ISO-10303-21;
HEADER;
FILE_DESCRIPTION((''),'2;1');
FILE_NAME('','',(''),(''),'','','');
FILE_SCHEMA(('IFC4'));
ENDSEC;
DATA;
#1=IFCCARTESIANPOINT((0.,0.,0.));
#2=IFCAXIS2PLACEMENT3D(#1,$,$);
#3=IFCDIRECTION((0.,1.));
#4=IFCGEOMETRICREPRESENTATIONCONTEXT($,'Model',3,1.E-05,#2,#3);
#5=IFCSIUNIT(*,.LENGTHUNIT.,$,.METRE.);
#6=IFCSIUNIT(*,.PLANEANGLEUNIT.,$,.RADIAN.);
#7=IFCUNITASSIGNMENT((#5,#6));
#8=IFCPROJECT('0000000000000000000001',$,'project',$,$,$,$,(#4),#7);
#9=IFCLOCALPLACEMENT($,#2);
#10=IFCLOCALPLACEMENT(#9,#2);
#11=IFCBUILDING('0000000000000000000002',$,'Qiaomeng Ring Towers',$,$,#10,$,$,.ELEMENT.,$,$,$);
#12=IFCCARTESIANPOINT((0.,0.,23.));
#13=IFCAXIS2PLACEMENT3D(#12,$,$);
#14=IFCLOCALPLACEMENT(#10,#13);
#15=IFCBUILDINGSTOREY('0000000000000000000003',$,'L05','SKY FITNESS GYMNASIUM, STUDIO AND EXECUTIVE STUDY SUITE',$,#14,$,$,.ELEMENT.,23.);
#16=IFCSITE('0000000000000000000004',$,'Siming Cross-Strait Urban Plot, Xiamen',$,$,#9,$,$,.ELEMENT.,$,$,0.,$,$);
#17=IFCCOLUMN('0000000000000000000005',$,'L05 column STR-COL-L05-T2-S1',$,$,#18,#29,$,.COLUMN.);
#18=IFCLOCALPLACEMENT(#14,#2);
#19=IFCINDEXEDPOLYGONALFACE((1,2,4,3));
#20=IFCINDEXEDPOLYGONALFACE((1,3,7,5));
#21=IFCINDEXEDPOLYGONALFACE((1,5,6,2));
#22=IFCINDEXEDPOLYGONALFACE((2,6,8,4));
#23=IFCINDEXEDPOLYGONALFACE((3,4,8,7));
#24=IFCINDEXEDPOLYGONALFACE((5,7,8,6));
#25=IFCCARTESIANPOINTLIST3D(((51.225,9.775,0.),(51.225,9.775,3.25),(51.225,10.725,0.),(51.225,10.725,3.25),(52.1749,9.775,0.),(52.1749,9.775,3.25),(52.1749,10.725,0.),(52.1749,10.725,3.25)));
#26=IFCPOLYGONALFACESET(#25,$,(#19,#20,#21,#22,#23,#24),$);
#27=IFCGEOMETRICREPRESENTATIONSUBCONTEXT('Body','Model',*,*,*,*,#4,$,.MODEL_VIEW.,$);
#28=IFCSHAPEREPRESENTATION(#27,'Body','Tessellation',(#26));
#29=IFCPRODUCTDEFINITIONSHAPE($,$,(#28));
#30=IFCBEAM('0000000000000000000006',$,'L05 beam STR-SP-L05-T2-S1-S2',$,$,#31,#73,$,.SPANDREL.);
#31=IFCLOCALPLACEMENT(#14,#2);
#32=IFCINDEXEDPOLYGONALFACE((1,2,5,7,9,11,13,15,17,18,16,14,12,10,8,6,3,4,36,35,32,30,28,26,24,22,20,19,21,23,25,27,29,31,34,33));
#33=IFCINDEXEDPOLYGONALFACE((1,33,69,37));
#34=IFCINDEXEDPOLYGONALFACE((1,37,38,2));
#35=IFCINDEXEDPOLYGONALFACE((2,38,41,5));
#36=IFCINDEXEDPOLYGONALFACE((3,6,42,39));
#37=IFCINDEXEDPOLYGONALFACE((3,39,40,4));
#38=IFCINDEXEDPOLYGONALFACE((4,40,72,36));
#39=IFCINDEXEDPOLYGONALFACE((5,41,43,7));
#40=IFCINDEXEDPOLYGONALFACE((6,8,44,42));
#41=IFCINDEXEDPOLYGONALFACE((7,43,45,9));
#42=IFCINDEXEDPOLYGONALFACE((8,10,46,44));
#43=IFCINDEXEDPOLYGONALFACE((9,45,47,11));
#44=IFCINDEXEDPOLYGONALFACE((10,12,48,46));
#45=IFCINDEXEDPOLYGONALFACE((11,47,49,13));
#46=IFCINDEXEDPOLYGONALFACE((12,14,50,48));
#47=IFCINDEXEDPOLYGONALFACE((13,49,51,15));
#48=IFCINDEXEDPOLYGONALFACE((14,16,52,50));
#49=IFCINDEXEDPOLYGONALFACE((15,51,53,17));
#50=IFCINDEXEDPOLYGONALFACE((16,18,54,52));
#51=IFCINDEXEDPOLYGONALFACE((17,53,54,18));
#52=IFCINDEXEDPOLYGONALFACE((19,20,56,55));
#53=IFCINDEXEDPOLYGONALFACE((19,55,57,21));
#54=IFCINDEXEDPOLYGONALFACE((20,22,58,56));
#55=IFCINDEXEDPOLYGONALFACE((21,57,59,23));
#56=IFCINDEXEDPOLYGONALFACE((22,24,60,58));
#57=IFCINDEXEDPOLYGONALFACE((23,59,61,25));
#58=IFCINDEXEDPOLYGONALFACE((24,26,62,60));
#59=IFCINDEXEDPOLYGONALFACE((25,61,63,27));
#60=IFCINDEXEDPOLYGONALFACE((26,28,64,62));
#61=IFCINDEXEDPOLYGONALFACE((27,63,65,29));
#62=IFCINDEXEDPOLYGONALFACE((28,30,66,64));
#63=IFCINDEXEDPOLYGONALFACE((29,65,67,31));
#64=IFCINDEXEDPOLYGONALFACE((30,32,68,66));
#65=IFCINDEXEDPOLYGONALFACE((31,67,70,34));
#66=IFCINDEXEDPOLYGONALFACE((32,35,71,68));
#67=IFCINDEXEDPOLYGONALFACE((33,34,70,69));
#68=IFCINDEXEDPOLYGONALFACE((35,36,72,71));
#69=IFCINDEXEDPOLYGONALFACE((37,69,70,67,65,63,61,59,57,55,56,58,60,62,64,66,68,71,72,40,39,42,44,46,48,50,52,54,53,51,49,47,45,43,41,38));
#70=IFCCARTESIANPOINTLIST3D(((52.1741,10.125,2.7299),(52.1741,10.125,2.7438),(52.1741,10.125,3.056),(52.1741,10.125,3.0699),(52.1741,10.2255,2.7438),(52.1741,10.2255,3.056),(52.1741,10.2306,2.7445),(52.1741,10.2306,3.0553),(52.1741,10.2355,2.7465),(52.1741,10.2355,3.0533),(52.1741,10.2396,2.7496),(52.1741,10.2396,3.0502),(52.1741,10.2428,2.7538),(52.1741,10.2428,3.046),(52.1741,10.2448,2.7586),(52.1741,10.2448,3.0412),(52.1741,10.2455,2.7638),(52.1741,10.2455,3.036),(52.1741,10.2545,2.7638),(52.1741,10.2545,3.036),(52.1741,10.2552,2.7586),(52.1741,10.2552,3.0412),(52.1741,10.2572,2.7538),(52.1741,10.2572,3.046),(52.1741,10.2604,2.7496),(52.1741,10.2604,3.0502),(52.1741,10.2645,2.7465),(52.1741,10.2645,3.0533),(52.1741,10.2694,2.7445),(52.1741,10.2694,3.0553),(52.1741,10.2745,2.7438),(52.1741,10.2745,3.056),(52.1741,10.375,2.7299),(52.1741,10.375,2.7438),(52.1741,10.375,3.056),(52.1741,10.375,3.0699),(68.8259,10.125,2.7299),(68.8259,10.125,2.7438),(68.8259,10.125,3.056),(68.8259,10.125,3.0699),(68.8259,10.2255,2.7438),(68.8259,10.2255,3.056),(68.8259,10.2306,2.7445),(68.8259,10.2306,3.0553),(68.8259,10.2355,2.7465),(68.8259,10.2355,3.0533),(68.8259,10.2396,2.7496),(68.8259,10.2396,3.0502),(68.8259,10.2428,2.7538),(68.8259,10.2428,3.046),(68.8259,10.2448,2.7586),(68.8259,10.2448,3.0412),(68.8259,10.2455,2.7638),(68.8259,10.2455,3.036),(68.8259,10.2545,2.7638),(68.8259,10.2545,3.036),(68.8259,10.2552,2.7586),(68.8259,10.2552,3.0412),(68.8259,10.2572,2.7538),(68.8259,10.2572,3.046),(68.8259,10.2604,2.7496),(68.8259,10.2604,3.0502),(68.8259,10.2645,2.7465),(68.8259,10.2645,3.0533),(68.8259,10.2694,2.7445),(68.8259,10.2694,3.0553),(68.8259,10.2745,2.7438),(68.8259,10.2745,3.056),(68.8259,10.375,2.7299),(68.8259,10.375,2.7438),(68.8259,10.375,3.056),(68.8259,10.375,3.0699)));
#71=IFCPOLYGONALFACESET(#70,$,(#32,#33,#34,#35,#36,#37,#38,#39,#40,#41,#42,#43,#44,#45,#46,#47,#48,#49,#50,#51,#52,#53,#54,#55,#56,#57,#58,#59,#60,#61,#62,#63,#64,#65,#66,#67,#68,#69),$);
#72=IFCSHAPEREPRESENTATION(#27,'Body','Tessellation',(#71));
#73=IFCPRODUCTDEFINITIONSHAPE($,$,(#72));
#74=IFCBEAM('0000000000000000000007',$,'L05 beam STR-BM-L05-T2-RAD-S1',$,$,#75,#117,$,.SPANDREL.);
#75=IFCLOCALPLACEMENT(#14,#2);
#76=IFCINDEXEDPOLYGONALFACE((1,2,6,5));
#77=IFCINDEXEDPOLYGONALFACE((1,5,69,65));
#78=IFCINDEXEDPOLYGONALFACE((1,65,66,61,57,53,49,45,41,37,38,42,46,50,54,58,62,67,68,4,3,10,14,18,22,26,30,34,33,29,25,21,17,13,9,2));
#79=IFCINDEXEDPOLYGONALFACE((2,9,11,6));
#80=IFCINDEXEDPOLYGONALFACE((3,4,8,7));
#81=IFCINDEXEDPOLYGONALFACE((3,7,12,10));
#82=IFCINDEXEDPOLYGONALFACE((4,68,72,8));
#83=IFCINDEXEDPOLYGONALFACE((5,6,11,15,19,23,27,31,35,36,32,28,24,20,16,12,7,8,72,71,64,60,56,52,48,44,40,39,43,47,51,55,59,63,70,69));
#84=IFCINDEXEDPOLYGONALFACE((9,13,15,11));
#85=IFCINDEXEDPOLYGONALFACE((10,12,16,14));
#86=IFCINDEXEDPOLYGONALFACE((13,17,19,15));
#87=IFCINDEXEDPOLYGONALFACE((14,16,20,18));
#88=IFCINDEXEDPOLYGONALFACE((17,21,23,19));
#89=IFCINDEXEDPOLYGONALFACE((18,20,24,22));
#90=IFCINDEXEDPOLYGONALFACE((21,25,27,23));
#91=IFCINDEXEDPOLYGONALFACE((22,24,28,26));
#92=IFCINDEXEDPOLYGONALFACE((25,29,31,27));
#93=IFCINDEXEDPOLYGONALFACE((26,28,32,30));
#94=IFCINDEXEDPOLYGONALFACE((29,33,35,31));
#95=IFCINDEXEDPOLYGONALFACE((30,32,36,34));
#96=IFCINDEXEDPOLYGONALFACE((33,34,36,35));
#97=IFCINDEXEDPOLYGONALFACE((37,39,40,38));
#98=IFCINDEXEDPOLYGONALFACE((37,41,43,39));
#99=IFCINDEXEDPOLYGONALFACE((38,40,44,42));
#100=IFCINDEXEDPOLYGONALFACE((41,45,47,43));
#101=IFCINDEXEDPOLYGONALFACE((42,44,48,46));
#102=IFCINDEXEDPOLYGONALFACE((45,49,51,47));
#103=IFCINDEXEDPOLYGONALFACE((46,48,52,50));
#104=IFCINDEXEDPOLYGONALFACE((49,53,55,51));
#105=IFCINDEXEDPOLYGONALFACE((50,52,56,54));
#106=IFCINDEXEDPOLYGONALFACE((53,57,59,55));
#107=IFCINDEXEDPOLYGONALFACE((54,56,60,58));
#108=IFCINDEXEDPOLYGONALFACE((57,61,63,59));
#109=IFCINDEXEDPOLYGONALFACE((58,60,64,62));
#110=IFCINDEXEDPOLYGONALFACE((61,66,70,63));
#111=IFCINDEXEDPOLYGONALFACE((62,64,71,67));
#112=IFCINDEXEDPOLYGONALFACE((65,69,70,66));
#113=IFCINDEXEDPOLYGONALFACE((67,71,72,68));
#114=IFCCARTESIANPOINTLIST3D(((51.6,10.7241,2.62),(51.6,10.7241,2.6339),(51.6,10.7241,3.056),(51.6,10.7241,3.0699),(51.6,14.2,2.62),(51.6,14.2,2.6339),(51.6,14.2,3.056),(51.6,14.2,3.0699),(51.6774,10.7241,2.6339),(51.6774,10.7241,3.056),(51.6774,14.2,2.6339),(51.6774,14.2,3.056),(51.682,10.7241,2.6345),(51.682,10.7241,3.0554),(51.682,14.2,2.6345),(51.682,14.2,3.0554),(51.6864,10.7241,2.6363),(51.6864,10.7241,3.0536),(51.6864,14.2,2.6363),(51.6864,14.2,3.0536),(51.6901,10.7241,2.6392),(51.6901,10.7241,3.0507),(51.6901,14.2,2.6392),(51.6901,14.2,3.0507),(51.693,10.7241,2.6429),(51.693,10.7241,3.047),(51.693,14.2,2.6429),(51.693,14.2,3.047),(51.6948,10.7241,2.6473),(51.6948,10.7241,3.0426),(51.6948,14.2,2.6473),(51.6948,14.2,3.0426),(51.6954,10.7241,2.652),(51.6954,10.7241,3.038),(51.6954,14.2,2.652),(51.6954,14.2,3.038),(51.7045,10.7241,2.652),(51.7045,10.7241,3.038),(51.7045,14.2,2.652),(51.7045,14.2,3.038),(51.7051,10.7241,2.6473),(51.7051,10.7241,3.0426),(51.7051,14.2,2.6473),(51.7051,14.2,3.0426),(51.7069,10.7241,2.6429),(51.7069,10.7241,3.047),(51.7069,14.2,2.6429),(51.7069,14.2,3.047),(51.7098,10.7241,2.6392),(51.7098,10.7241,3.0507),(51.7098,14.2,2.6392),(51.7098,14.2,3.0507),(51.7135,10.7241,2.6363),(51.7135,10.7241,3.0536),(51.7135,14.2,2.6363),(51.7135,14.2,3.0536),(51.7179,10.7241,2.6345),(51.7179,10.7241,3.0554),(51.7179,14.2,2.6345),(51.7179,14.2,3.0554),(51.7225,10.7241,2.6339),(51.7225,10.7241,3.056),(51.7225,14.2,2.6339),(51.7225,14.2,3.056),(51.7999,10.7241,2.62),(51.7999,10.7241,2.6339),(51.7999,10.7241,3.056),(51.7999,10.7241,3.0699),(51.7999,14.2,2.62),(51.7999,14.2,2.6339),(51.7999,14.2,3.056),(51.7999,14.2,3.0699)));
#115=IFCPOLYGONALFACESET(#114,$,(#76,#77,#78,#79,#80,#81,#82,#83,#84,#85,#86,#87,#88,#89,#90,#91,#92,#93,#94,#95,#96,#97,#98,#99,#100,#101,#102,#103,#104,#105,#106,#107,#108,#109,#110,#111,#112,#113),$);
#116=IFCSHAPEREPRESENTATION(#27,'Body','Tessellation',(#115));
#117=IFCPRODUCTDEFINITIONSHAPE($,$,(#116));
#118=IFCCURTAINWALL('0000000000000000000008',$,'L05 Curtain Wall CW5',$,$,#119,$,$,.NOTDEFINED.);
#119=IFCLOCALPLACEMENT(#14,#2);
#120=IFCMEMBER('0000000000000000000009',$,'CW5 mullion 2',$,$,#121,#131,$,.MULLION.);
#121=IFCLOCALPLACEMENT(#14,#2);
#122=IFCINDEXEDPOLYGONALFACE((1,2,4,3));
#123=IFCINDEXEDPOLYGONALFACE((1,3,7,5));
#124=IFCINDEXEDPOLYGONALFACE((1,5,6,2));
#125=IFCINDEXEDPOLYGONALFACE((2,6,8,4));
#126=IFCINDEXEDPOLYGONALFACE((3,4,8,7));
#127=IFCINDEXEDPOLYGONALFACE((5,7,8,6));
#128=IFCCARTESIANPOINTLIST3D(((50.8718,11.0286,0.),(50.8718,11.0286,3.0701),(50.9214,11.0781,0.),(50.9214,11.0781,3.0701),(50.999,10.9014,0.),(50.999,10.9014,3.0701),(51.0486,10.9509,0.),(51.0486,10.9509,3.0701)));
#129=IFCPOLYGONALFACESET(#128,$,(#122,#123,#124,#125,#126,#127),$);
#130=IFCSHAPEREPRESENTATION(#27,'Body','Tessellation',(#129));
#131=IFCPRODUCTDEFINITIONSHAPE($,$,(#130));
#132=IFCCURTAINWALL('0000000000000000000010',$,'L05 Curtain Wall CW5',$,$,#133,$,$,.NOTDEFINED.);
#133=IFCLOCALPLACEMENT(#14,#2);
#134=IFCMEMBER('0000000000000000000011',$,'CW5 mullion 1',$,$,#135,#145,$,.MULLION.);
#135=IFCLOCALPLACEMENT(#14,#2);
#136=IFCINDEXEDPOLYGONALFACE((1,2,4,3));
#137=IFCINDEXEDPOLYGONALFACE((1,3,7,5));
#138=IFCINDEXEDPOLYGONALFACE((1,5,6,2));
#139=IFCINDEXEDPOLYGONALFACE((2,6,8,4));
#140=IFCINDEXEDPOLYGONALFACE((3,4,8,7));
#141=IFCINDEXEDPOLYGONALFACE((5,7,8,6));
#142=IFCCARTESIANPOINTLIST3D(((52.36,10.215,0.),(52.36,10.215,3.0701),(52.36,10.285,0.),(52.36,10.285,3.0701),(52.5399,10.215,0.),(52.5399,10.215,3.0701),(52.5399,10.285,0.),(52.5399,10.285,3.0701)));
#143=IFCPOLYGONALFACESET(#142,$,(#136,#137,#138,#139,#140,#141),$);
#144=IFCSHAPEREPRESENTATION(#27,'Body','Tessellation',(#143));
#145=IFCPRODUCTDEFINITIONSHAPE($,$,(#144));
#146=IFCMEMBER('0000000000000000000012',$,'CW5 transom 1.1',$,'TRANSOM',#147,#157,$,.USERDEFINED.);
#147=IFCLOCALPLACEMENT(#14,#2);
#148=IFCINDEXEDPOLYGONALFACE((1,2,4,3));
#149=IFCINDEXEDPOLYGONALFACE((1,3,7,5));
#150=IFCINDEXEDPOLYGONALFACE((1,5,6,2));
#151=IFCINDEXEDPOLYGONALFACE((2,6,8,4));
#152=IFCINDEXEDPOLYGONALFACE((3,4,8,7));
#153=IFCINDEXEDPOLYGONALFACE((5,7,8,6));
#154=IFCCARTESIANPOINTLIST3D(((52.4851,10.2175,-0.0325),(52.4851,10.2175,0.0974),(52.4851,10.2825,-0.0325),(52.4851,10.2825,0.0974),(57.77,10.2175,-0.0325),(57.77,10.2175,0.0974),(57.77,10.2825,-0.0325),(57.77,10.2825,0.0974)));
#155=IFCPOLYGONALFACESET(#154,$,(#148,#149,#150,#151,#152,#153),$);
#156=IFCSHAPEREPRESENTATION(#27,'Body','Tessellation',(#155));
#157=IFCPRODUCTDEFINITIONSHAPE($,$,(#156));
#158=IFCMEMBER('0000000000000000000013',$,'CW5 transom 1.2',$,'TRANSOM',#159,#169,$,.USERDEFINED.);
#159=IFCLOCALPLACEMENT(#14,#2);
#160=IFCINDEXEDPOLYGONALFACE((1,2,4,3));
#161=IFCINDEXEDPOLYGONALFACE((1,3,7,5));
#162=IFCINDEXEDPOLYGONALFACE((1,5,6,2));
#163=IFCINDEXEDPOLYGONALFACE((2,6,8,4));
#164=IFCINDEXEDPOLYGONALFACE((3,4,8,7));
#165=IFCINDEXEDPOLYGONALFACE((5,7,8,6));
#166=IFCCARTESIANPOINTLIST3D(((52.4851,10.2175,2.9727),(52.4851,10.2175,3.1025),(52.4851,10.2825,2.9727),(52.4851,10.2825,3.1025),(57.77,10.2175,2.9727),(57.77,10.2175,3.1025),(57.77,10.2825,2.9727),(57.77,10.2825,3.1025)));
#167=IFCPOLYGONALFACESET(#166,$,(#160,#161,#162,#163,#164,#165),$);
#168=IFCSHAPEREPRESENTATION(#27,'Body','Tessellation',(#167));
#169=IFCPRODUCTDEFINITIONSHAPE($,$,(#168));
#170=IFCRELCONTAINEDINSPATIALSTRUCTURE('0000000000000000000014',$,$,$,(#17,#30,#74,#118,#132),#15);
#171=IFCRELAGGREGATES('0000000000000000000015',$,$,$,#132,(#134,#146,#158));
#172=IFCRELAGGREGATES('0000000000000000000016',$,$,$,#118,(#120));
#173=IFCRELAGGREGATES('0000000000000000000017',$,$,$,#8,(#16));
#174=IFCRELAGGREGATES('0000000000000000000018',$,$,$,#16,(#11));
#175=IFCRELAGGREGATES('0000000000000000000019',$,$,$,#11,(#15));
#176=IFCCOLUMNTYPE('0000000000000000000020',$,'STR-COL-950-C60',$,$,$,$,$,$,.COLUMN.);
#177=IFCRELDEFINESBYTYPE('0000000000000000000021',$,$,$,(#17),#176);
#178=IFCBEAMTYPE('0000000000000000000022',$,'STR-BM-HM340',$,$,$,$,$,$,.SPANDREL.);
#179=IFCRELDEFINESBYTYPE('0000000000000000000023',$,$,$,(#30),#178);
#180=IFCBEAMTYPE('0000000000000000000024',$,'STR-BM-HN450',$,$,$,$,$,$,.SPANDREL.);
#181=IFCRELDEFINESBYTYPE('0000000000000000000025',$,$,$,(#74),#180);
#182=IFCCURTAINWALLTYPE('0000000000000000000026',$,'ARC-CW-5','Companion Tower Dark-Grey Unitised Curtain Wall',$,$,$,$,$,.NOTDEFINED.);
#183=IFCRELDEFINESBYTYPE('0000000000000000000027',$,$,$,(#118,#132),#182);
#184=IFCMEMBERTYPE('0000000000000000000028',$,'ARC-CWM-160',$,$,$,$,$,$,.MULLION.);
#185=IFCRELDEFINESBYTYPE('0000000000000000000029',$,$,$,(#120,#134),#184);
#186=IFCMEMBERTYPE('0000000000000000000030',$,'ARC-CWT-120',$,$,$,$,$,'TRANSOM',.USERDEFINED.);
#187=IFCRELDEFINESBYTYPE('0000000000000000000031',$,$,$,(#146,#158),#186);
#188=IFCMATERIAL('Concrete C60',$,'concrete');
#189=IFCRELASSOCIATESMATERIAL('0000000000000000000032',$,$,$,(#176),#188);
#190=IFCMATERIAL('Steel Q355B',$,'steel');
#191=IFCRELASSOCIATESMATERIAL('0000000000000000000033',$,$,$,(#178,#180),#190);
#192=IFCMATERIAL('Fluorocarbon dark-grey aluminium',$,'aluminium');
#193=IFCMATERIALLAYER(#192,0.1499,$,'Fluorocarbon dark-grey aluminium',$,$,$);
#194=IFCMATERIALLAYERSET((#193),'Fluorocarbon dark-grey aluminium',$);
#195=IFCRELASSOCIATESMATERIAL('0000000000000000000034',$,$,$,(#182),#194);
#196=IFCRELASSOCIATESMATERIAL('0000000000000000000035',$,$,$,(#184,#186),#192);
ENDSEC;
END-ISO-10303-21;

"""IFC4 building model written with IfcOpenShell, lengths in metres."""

from ifc_helpers import new_model, si_unit, direction, frame, origin, origin_2d, place, context, subcontext, project, spatial, rectangle, i_section, extrude, source, transform, mapped, material, layer, layer_set, material_profile, profile_set, type_object, element, aggregate, save


model = new_model("IFC4")

# Units and contexts
model_context = context("Model", 3, precision=1e-05, world=origin(), true_north=direction((0.0, 1.0)))
body_context = subcontext(model_context, "Body", "Model", "MODEL_VIEW")
ifc_project = project(units=[si_unit("LENGTHUNIT", "METRE"), si_unit("PLANEANGLEUNIT", "RADIAN")], contexts=[model_context])

# Site, building, storey
site_placement = place(None, origin())
site = spatial("IfcSite", under=ifc_project, at=site_placement, Name="Siming Cross-Strait Urban Plot, Xiamen", CompositionType="ELEMENT", RefElevation=0.0)
building_placement = place(site_placement, origin())
building = spatial("IfcBuilding", under=site, at=building_placement, Name="Qiaomeng Ring Towers", CompositionType="ELEMENT")
storey_placement = place(building_placement, frame((0.0, 0.0, 23.0)))
storey = spatial("IfcBuildingStorey", under=building, at=storey_placement, Name="L05", Description="SKY FITNESS GYMNASIUM, STUDIO AND EXECUTIVE STUDY SUITE", CompositionType="ELEMENT", Elevation=23.0)

# Column
ifc_material_1 = material(Name="Concrete C60", Category="concrete")
ifc_material_profile_1 = material_profile(ifc_material_1, rectangle(XDim=0.95, YDim=0.95, at=origin_2d()), Name="RC COL 950x950")
ifc_profile_set_1 = profile_set([ifc_material_profile_1], Name="Concrete C60")
column_type = type_object("IfcColumnType", Name="STR-COL-950-C60", PredefinedType="COLUMN", material=ifc_profile_set_1)
shared_shape_1 = source(origin(), body_context, "Body", "SweptSolid", [
    extrude(rectangle(XDim=0.95, YDim=0.95, at=origin_2d()), origin(), (0.0, 0.0, 1.0), 3.25),
])
column_placement = place(storey_placement, frame((51.7, 10.25, 0.0), z_axis=(0.0, 0.0, 1.0), x_axis=(1.0, 0.0, 0.0)))
element("IfcColumn", 1, at=column_placement, inside=storey, type_object=column_type, Name="L05 column STR-COL-L05-T2-S1", PredefinedType="COLUMN", context=body_context, shape_type="MappedRepresentation", body=[
    mapped(shared_shape_1, transform((0.0, 0.0, 0.0), x_axis=(1.0, 0.0, 0.0), y_axis=(0.0, 1.0, 0.0), z_axis=(0.0, 0.0, 1.0), scale=1.0)),
])

# Beams
ifc_material_2 = material(Name="Steel Q355B", Category="steel")
ifc_material_profile_2 = material_profile(ifc_material_2, i_section(OverallWidth=0.25, OverallDepth=0.3401, WebThickness=0.009, FlangeThickness=0.0139, FilletRadius=0.02, at=origin_2d()), Name="HM 340x250x9x14")
ifc_profile_set_2 = profile_set([ifc_material_profile_2], Name="Steel Q355B")
beam_type_1 = type_object("IfcBeamType", Name="STR-BM-HM340", PredefinedType="SPANDREL", material=ifc_profile_set_2)
shared_shape_2 = source(origin(), body_context, "Body", "SweptSolid", [
    extrude(i_section(OverallWidth=0.25, OverallDepth=0.3401, WebThickness=0.009, FlangeThickness=0.0139, FilletRadius=0.02, at=origin_2d()), origin(), (0.0, 0.0, 1.0), 16.6519),
])
beam_1_placement = place(storey_placement, frame((52.1741, 10.25, 2.8999), z_axis=(1.0, 0.0, 0.0), x_axis=(0.0, 1.0, 0.0)))
element("IfcBeam", 2, at=beam_1_placement, inside=storey, type_object=beam_type_1, Name="L05 beam STR-SP-L05-T2-S1-S2", PredefinedType="SPANDREL", context=body_context, shape_type="MappedRepresentation", body=[
    mapped(shared_shape_2, transform((0.0, 0.0, 0.0), x_axis=(1.0, 0.0, 0.0), y_axis=(0.0, 1.0, 0.0), z_axis=(0.0, 0.0, 1.0), scale=1.0)),
])
ifc_material_profile_3 = material_profile(ifc_material_2, i_section(OverallWidth=0.2, OverallDepth=0.45, WebThickness=0.009, FlangeThickness=0.0139, FilletRadius=0.0181, at=origin_2d()), Name="HN 450x200x9x14")
ifc_profile_set_3 = profile_set([ifc_material_profile_3], Name="Steel Q355B")
beam_type_2 = type_object("IfcBeamType", Name="STR-BM-HN450", PredefinedType="SPANDREL", material=ifc_profile_set_3)
shared_shape_3 = source(origin(), body_context, "Body", "SweptSolid", [
    extrude(i_section(OverallWidth=0.2, OverallDepth=0.45, WebThickness=0.009, FlangeThickness=0.0139, FilletRadius=0.0181, at=origin_2d()), origin(), (0.0, 0.0, 1.0), 3.4758),
])
beam_2_placement = place(storey_placement, frame((51.7, 10.7241, 2.845), z_axis=(0.0, 1.0, 0.0), x_axis=(-1.0, 0.0, 0.0)))
element("IfcBeam", 3, at=beam_2_placement, inside=storey, type_object=beam_type_2, Name="L05 beam STR-BM-L05-T2-RAD-S1", PredefinedType="SPANDREL", context=body_context, shape_type="MappedRepresentation", body=[
    mapped(shared_shape_3, transform((0.0, 0.0, 0.0), x_axis=(1.0, 0.0, 0.0), y_axis=(0.0, 1.0, 0.0), z_axis=(0.0, 0.0, 1.0), scale=1.0)),
])

# Curtain wall, member
ifc_material_3 = material(Name="Fluorocarbon dark-grey aluminium", Category="aluminium")
ifc_layer_1 = layer(ifc_material_3, 0.1499, Name="Fluorocarbon dark-grey aluminium")
ifc_layer_set_1 = layer_set([ifc_layer_1], Name="Fluorocarbon dark-grey aluminium")
curtain_wall_type = type_object("IfcCurtainWallType", Name="ARC-CW-5", Description="Companion Tower Dark-Grey Unitised Curtain Wall", PredefinedType="NOTDEFINED", material=ifc_layer_set_1)
curtain_wall_1_placement = place(storey_placement, origin())
curtain_wall_1 = element("IfcCurtainWall", 4, at=curtain_wall_1_placement, inside=storey, type_object=curtain_wall_type, Name="L05 Curtain Wall CW5", PredefinedType="NOTDEFINED")
ifc_material_profile_4 = material_profile(ifc_material_3, rectangle(XDim=0.0701, YDim=0.1799, at=origin_2d()), Name="ALU MULL 70x180")
ifc_profile_set_4 = profile_set([ifc_material_profile_4], Name="Fluorocarbon dark-grey aluminium")
member_type_1 = type_object("IfcMemberType", Name="ARC-CWM-160", PredefinedType="MULLION", material=ifc_profile_set_4)
shared_shape_4 = source(origin(), body_context, "Body", "SweptSolid", [
    extrude(rectangle(XDim=0.0701, YDim=0.1799, at=origin_2d()), origin(), (0.0, 0.0, 1.0), 3.0701),
])
member_1_placement = place(storey_placement, frame((50.9602, 10.9897, 0.0), z_axis=(0.0, 0.0, 1.0), x_axis=(0.707107, 0.707107, 0.0)))
member_1 = element("IfcMember", 5, at=member_1_placement, type_object=member_type_1, Name="CW5 mullion 2", PredefinedType="MULLION", context=body_context, shape_type="MappedRepresentation", body=[
    mapped(shared_shape_4, transform((0.0, 0.0, 0.0), x_axis=(1.0, 0.0, 0.0), y_axis=(0.0, 1.0, 0.0), z_axis=(0.0, 0.0, 1.0), scale=1.0)),
])

# Curtain wall, members
curtain_wall_2_placement = place(storey_placement, origin())
curtain_wall_2 = element("IfcCurtainWall", 6, at=curtain_wall_2_placement, inside=storey, type_object=curtain_wall_type, Name="L05 Curtain Wall CW5", PredefinedType="NOTDEFINED")
member_2_placement = place(storey_placement, frame((52.45, 10.25, 0.0), z_axis=(0.0, 0.0, 1.0), x_axis=(0.0, 1.0, 0.0)))
member_2 = element("IfcMember", 7, at=member_2_placement, type_object=member_type_1, Name="CW5 mullion 1", PredefinedType="MULLION", context=body_context, shape_type="MappedRepresentation", body=[
    mapped(shared_shape_4, transform((0.0, 0.0, 0.0), x_axis=(1.0, 0.0, 0.0), y_axis=(0.0, 1.0, 0.0), z_axis=(0.0, 0.0, 1.0), scale=1.0)),
])
ifc_material_profile_5 = material_profile(ifc_material_3, rectangle(XDim=0.0649, YDim=0.1299, at=origin_2d()), Name="ALU TRAN 65x130")
ifc_profile_set_5 = profile_set([ifc_material_profile_5], Name="Fluorocarbon dark-grey aluminium")
member_type_2 = type_object("IfcMemberType", Name="ARC-CWT-120", ElementType="TRANSOM", PredefinedType="USERDEFINED", material=ifc_profile_set_5)
shared_shape_5 = source(origin(), body_context, "Body", "SweptSolid", [
    extrude(rectangle(XDim=0.0649, YDim=0.1299, at=origin_2d()), origin(), (0.0, 0.0, 1.0), 5.2849),
])
member_3_placement = place(storey_placement, frame((52.4851, 10.25, 0.0325), z_axis=(1.0, 0.0, 0.0), x_axis=(0.0, 1.0, 0.0)))
member_3 = element("IfcMember", 8, at=member_3_placement, type_object=member_type_2, Name="CW5 transom 1.1", ObjectType="TRANSOM", PredefinedType="USERDEFINED", context=body_context, shape_type="MappedRepresentation", body=[
    mapped(shared_shape_5, transform((0.0, 0.0, 0.0), x_axis=(1.0, 0.0, 0.0), y_axis=(0.0, 1.0, 0.0), z_axis=(0.0, 0.0, 1.0), scale=1.0)),
])
member_4_placement = place(storey_placement, frame((52.4851, 10.25, 3.0376), z_axis=(1.0, 0.0, 0.0), x_axis=(0.0, 1.0, 0.0)))
member_4 = element("IfcMember", 9, at=member_4_placement, type_object=member_type_2, Name="CW5 transom 1.2", ObjectType="TRANSOM", PredefinedType="USERDEFINED", context=body_context, shape_type="MappedRepresentation", body=[
    mapped(shared_shape_5, transform((0.0, 0.0, 0.0), x_axis=(1.0, 0.0, 0.0), y_axis=(0.0, 1.0, 0.0), z_axis=(0.0, 0.0, 1.0), scale=1.0)),
])
aggregate(curtain_wall_2, [member_2, member_3, member_4])

aggregate(curtain_wall_1, [member_1])

save(model, "model.ifc")
